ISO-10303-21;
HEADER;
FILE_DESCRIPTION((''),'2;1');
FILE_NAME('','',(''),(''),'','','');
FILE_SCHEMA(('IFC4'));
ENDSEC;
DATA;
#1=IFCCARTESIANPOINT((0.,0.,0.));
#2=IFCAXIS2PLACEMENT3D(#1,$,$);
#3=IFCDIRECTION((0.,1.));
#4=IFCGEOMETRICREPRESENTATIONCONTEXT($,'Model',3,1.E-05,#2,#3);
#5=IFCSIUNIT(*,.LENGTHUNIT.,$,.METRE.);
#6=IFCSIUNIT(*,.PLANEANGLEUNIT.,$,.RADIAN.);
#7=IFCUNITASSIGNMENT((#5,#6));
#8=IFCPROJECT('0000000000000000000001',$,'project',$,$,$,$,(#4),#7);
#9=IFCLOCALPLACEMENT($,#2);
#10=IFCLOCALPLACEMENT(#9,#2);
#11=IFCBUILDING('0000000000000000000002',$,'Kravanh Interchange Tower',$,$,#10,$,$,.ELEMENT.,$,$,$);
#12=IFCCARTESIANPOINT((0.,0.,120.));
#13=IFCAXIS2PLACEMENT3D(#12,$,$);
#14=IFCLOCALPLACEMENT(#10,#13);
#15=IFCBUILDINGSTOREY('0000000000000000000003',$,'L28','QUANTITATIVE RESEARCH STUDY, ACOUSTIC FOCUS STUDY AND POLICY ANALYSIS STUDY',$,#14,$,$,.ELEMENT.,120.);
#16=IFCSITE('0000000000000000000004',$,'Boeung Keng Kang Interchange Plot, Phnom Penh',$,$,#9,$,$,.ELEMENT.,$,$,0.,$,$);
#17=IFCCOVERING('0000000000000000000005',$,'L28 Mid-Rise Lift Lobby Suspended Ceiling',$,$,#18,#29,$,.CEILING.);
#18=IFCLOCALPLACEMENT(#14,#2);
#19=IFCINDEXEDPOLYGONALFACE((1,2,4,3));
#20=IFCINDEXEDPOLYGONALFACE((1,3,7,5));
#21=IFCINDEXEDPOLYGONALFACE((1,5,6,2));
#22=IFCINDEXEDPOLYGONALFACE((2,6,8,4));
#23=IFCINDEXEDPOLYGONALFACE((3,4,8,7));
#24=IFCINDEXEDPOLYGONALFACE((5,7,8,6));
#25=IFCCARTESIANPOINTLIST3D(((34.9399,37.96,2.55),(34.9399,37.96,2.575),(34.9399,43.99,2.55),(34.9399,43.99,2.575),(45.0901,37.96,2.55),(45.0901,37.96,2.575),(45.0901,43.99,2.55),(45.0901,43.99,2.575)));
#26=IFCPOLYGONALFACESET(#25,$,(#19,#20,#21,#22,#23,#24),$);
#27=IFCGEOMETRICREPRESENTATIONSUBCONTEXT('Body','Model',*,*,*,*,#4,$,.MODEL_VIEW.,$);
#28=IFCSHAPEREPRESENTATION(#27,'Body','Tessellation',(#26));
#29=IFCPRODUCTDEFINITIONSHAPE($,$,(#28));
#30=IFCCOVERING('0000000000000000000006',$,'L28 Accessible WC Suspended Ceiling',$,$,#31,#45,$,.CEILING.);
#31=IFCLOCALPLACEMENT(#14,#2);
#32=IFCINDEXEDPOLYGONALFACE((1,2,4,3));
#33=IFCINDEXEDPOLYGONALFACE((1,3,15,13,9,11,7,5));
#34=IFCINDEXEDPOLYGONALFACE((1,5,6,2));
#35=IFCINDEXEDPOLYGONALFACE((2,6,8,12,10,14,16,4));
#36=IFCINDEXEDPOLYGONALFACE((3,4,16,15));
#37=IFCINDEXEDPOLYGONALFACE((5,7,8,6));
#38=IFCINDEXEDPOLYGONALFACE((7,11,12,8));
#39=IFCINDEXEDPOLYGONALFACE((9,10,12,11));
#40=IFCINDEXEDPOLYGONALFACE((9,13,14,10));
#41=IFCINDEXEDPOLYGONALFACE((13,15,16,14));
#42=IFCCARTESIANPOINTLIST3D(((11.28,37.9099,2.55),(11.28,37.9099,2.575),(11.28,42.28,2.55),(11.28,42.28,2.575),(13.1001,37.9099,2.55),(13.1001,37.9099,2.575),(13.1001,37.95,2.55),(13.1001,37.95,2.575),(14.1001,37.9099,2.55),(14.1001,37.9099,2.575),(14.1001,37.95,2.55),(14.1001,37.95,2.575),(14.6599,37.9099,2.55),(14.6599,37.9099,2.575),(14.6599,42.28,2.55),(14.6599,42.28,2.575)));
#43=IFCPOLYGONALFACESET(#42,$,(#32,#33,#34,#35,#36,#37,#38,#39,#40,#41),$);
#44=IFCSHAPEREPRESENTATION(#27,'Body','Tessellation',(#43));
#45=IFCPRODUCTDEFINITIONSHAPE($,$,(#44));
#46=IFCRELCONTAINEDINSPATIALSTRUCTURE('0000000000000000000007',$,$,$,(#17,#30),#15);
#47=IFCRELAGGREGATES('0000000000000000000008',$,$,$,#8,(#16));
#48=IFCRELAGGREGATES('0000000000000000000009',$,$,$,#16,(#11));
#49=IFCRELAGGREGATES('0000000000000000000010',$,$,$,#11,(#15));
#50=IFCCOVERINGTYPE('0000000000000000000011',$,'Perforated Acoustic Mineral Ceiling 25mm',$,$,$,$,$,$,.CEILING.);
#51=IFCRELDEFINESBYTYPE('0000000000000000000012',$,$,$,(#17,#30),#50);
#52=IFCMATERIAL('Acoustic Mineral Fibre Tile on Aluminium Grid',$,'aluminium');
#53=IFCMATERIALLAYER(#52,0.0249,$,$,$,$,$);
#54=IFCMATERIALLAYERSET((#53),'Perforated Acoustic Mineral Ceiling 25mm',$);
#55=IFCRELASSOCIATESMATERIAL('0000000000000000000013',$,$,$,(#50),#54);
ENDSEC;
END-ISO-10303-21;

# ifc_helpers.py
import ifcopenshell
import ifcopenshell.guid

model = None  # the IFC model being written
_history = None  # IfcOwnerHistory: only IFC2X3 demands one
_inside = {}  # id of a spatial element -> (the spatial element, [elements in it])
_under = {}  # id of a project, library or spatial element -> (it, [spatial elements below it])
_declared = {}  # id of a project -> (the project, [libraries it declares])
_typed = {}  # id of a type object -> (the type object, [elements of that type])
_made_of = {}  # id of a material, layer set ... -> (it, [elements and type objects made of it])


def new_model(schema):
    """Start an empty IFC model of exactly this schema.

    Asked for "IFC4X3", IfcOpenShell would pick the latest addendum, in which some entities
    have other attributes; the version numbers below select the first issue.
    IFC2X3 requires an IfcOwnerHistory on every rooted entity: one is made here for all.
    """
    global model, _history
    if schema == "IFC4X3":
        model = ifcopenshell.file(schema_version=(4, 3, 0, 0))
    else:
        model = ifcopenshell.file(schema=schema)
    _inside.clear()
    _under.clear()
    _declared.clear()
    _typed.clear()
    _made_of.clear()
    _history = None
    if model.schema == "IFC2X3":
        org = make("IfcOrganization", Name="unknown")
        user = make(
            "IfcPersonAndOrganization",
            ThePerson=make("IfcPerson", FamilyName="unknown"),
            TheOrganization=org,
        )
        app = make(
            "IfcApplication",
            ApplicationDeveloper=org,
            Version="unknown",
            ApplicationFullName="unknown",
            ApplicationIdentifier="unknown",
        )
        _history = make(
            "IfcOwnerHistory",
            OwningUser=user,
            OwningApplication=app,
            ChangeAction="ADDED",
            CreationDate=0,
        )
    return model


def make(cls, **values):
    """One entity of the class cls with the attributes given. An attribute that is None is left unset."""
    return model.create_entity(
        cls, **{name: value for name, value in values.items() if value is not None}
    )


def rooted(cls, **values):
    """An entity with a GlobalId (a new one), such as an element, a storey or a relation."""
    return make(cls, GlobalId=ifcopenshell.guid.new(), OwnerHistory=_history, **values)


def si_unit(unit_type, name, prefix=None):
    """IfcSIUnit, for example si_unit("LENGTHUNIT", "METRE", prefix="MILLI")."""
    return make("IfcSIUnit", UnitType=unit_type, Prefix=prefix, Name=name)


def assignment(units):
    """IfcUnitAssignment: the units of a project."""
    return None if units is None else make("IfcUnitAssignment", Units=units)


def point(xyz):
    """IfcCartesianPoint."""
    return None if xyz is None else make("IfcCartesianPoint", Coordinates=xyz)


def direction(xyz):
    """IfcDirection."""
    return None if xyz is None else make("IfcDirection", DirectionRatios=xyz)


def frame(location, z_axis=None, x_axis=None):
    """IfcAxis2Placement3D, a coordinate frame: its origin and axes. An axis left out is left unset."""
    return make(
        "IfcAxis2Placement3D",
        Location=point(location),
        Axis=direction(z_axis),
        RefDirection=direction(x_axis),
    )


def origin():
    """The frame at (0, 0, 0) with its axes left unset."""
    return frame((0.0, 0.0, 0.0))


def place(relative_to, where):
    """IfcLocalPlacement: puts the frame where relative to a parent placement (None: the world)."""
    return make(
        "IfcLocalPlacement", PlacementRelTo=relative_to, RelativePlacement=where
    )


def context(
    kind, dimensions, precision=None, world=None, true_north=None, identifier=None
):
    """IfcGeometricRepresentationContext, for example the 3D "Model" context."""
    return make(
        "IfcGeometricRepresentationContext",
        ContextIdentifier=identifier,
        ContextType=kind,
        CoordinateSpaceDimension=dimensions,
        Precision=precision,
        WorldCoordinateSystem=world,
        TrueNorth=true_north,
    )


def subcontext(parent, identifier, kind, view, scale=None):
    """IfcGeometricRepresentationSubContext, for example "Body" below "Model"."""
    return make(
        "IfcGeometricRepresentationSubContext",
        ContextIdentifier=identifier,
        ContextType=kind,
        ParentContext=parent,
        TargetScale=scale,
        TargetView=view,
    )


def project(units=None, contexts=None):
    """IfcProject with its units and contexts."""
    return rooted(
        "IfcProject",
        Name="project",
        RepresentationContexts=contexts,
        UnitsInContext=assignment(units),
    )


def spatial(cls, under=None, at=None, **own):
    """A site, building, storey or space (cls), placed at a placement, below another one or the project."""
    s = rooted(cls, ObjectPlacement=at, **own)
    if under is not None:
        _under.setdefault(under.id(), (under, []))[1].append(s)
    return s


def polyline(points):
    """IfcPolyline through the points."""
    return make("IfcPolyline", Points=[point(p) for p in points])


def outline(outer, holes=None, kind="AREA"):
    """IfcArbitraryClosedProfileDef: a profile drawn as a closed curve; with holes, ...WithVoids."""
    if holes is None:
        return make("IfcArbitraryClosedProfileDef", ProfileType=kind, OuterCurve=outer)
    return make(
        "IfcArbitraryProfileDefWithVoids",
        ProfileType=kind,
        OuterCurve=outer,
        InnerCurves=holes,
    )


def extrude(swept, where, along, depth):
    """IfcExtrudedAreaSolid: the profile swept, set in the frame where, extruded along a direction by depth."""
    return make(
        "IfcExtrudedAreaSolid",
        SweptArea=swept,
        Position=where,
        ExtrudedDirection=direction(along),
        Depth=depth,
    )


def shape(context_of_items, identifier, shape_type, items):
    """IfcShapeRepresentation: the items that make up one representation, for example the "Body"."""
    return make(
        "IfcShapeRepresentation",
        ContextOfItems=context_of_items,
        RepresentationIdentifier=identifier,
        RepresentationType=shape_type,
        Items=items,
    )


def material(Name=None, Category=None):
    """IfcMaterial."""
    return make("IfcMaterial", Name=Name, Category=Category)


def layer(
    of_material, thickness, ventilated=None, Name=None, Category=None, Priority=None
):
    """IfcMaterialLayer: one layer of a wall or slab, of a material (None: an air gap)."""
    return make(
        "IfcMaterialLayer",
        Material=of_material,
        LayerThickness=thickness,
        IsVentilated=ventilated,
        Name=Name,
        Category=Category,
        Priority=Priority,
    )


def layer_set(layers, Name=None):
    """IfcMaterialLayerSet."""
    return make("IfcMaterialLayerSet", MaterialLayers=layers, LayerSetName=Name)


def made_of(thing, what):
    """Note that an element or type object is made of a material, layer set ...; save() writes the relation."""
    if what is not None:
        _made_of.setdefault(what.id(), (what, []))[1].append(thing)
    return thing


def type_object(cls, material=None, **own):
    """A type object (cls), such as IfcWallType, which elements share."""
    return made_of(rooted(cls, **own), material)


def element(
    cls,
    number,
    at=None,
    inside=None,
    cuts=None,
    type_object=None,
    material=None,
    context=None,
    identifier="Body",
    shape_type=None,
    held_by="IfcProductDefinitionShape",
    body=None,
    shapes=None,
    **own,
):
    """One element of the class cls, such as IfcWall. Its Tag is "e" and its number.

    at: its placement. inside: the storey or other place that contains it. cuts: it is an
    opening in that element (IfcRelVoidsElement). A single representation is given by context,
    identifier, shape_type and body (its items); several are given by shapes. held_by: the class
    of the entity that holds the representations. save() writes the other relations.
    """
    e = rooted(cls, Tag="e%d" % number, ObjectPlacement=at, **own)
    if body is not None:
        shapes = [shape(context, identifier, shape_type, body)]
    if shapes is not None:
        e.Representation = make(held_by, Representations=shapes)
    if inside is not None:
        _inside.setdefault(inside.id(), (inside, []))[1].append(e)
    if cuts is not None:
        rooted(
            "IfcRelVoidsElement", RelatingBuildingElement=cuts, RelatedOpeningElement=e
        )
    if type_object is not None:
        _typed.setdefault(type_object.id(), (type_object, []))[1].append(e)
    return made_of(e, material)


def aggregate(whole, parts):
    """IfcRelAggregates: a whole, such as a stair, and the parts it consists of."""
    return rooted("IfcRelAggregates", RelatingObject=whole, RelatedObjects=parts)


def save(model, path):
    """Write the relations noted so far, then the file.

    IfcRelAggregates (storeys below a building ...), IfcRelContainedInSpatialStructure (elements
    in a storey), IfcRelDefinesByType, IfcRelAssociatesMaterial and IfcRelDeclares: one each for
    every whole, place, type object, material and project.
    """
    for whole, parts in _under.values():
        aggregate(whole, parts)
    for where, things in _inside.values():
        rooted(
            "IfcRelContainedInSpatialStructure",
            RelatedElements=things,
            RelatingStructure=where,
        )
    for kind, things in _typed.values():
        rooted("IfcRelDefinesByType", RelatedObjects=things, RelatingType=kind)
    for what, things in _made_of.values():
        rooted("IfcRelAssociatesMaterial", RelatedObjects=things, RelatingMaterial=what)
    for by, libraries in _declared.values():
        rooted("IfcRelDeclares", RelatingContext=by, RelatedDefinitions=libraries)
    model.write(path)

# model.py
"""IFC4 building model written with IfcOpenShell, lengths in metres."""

from ifc_helpers import new_model, si_unit, direction, frame, origin, place, context, subcontext, project, spatial, polyline, outline, extrude, material, layer, layer_set, type_object, element, save


model = new_model("IFC4")

# Units and contexts
model_context = context("Model", 3, precision=1e-05, world=origin(), true_north=direction((0.0, 1.0)))
body_context = subcontext(model_context, "Body", "Model", "MODEL_VIEW")
ifc_project = project(units=[si_unit("LENGTHUNIT", "METRE"), si_unit("PLANEANGLEUNIT", "RADIAN")], contexts=[model_context])

# Site, building, storey
site_placement = place(None, origin())
site = spatial("IfcSite", under=ifc_project, at=site_placement, Name="Boeung Keng Kang Interchange Plot, Phnom Penh", CompositionType="ELEMENT", RefElevation=0.0)
building_placement = place(site_placement, origin())
building = spatial("IfcBuilding", under=site, at=building_placement, Name="Kravanh Interchange Tower", CompositionType="ELEMENT")
storey_placement = place(building_placement, frame((0.0, 0.0, 120.0)))
storey = spatial("IfcBuildingStorey", under=building, at=storey_placement, Name="L28", Description="QUANTITATIVE RESEARCH STUDY, ACOUSTIC FOCUS STUDY AND POLICY ANALYSIS STUDY", CompositionType="ELEMENT", Elevation=120.0)

# Coverings
ifc_material_1 = material(Name="Acoustic Mineral Fibre Tile on Aluminium Grid", Category="aluminium")
ifc_layer_1 = layer(ifc_material_1, 0.0249)
ifc_layer_set_1 = layer_set([ifc_layer_1], Name="Perforated Acoustic Mineral Ceiling 25mm")
covering_type_1 = type_object("IfcCoveringType", Name="Perforated Acoustic Mineral Ceiling 25mm", PredefinedType="CEILING", material=ifc_layer_set_1)
covering_1_placement = place(storey_placement, frame((0.0, 0.0, 2.55)))
element("IfcCovering", 1, at=covering_1_placement, inside=storey, type_object=covering_type_1, Name="L28 Mid-Rise Lift Lobby Suspended Ceiling", PredefinedType="CEILING", context=body_context, shape_type="SweptSolid", body=[
    extrude(outline(polyline([(45.0901, 37.96), (34.9399, 37.96), (34.9399, 43.99), (45.0901, 43.99), (45.0901, 37.96)])), origin(), (0.0, 0.0, 1.0), 0.0249),
])
covering_2_placement = place(storey_placement, frame((0.0, 0.0, 2.55)))
element("IfcCovering", 2, at=covering_2_placement, inside=storey, type_object=covering_type_1, Name="L28 Accessible WC Suspended Ceiling", PredefinedType="CEILING", context=body_context, shape_type="SweptSolid", body=[
    extrude(outline(polyline([(14.6599, 42.28), (14.6599, 37.9099), (14.1001, 37.9099), (14.1001, 37.95), (13.1001, 37.95), (13.1001, 37.9099), (11.28, 37.9099), (11.28, 42.28), (14.6599, 42.28)])), origin(), (0.0, 0.0, 1.0), 0.0249),
])

save(model, "model.ifc")
